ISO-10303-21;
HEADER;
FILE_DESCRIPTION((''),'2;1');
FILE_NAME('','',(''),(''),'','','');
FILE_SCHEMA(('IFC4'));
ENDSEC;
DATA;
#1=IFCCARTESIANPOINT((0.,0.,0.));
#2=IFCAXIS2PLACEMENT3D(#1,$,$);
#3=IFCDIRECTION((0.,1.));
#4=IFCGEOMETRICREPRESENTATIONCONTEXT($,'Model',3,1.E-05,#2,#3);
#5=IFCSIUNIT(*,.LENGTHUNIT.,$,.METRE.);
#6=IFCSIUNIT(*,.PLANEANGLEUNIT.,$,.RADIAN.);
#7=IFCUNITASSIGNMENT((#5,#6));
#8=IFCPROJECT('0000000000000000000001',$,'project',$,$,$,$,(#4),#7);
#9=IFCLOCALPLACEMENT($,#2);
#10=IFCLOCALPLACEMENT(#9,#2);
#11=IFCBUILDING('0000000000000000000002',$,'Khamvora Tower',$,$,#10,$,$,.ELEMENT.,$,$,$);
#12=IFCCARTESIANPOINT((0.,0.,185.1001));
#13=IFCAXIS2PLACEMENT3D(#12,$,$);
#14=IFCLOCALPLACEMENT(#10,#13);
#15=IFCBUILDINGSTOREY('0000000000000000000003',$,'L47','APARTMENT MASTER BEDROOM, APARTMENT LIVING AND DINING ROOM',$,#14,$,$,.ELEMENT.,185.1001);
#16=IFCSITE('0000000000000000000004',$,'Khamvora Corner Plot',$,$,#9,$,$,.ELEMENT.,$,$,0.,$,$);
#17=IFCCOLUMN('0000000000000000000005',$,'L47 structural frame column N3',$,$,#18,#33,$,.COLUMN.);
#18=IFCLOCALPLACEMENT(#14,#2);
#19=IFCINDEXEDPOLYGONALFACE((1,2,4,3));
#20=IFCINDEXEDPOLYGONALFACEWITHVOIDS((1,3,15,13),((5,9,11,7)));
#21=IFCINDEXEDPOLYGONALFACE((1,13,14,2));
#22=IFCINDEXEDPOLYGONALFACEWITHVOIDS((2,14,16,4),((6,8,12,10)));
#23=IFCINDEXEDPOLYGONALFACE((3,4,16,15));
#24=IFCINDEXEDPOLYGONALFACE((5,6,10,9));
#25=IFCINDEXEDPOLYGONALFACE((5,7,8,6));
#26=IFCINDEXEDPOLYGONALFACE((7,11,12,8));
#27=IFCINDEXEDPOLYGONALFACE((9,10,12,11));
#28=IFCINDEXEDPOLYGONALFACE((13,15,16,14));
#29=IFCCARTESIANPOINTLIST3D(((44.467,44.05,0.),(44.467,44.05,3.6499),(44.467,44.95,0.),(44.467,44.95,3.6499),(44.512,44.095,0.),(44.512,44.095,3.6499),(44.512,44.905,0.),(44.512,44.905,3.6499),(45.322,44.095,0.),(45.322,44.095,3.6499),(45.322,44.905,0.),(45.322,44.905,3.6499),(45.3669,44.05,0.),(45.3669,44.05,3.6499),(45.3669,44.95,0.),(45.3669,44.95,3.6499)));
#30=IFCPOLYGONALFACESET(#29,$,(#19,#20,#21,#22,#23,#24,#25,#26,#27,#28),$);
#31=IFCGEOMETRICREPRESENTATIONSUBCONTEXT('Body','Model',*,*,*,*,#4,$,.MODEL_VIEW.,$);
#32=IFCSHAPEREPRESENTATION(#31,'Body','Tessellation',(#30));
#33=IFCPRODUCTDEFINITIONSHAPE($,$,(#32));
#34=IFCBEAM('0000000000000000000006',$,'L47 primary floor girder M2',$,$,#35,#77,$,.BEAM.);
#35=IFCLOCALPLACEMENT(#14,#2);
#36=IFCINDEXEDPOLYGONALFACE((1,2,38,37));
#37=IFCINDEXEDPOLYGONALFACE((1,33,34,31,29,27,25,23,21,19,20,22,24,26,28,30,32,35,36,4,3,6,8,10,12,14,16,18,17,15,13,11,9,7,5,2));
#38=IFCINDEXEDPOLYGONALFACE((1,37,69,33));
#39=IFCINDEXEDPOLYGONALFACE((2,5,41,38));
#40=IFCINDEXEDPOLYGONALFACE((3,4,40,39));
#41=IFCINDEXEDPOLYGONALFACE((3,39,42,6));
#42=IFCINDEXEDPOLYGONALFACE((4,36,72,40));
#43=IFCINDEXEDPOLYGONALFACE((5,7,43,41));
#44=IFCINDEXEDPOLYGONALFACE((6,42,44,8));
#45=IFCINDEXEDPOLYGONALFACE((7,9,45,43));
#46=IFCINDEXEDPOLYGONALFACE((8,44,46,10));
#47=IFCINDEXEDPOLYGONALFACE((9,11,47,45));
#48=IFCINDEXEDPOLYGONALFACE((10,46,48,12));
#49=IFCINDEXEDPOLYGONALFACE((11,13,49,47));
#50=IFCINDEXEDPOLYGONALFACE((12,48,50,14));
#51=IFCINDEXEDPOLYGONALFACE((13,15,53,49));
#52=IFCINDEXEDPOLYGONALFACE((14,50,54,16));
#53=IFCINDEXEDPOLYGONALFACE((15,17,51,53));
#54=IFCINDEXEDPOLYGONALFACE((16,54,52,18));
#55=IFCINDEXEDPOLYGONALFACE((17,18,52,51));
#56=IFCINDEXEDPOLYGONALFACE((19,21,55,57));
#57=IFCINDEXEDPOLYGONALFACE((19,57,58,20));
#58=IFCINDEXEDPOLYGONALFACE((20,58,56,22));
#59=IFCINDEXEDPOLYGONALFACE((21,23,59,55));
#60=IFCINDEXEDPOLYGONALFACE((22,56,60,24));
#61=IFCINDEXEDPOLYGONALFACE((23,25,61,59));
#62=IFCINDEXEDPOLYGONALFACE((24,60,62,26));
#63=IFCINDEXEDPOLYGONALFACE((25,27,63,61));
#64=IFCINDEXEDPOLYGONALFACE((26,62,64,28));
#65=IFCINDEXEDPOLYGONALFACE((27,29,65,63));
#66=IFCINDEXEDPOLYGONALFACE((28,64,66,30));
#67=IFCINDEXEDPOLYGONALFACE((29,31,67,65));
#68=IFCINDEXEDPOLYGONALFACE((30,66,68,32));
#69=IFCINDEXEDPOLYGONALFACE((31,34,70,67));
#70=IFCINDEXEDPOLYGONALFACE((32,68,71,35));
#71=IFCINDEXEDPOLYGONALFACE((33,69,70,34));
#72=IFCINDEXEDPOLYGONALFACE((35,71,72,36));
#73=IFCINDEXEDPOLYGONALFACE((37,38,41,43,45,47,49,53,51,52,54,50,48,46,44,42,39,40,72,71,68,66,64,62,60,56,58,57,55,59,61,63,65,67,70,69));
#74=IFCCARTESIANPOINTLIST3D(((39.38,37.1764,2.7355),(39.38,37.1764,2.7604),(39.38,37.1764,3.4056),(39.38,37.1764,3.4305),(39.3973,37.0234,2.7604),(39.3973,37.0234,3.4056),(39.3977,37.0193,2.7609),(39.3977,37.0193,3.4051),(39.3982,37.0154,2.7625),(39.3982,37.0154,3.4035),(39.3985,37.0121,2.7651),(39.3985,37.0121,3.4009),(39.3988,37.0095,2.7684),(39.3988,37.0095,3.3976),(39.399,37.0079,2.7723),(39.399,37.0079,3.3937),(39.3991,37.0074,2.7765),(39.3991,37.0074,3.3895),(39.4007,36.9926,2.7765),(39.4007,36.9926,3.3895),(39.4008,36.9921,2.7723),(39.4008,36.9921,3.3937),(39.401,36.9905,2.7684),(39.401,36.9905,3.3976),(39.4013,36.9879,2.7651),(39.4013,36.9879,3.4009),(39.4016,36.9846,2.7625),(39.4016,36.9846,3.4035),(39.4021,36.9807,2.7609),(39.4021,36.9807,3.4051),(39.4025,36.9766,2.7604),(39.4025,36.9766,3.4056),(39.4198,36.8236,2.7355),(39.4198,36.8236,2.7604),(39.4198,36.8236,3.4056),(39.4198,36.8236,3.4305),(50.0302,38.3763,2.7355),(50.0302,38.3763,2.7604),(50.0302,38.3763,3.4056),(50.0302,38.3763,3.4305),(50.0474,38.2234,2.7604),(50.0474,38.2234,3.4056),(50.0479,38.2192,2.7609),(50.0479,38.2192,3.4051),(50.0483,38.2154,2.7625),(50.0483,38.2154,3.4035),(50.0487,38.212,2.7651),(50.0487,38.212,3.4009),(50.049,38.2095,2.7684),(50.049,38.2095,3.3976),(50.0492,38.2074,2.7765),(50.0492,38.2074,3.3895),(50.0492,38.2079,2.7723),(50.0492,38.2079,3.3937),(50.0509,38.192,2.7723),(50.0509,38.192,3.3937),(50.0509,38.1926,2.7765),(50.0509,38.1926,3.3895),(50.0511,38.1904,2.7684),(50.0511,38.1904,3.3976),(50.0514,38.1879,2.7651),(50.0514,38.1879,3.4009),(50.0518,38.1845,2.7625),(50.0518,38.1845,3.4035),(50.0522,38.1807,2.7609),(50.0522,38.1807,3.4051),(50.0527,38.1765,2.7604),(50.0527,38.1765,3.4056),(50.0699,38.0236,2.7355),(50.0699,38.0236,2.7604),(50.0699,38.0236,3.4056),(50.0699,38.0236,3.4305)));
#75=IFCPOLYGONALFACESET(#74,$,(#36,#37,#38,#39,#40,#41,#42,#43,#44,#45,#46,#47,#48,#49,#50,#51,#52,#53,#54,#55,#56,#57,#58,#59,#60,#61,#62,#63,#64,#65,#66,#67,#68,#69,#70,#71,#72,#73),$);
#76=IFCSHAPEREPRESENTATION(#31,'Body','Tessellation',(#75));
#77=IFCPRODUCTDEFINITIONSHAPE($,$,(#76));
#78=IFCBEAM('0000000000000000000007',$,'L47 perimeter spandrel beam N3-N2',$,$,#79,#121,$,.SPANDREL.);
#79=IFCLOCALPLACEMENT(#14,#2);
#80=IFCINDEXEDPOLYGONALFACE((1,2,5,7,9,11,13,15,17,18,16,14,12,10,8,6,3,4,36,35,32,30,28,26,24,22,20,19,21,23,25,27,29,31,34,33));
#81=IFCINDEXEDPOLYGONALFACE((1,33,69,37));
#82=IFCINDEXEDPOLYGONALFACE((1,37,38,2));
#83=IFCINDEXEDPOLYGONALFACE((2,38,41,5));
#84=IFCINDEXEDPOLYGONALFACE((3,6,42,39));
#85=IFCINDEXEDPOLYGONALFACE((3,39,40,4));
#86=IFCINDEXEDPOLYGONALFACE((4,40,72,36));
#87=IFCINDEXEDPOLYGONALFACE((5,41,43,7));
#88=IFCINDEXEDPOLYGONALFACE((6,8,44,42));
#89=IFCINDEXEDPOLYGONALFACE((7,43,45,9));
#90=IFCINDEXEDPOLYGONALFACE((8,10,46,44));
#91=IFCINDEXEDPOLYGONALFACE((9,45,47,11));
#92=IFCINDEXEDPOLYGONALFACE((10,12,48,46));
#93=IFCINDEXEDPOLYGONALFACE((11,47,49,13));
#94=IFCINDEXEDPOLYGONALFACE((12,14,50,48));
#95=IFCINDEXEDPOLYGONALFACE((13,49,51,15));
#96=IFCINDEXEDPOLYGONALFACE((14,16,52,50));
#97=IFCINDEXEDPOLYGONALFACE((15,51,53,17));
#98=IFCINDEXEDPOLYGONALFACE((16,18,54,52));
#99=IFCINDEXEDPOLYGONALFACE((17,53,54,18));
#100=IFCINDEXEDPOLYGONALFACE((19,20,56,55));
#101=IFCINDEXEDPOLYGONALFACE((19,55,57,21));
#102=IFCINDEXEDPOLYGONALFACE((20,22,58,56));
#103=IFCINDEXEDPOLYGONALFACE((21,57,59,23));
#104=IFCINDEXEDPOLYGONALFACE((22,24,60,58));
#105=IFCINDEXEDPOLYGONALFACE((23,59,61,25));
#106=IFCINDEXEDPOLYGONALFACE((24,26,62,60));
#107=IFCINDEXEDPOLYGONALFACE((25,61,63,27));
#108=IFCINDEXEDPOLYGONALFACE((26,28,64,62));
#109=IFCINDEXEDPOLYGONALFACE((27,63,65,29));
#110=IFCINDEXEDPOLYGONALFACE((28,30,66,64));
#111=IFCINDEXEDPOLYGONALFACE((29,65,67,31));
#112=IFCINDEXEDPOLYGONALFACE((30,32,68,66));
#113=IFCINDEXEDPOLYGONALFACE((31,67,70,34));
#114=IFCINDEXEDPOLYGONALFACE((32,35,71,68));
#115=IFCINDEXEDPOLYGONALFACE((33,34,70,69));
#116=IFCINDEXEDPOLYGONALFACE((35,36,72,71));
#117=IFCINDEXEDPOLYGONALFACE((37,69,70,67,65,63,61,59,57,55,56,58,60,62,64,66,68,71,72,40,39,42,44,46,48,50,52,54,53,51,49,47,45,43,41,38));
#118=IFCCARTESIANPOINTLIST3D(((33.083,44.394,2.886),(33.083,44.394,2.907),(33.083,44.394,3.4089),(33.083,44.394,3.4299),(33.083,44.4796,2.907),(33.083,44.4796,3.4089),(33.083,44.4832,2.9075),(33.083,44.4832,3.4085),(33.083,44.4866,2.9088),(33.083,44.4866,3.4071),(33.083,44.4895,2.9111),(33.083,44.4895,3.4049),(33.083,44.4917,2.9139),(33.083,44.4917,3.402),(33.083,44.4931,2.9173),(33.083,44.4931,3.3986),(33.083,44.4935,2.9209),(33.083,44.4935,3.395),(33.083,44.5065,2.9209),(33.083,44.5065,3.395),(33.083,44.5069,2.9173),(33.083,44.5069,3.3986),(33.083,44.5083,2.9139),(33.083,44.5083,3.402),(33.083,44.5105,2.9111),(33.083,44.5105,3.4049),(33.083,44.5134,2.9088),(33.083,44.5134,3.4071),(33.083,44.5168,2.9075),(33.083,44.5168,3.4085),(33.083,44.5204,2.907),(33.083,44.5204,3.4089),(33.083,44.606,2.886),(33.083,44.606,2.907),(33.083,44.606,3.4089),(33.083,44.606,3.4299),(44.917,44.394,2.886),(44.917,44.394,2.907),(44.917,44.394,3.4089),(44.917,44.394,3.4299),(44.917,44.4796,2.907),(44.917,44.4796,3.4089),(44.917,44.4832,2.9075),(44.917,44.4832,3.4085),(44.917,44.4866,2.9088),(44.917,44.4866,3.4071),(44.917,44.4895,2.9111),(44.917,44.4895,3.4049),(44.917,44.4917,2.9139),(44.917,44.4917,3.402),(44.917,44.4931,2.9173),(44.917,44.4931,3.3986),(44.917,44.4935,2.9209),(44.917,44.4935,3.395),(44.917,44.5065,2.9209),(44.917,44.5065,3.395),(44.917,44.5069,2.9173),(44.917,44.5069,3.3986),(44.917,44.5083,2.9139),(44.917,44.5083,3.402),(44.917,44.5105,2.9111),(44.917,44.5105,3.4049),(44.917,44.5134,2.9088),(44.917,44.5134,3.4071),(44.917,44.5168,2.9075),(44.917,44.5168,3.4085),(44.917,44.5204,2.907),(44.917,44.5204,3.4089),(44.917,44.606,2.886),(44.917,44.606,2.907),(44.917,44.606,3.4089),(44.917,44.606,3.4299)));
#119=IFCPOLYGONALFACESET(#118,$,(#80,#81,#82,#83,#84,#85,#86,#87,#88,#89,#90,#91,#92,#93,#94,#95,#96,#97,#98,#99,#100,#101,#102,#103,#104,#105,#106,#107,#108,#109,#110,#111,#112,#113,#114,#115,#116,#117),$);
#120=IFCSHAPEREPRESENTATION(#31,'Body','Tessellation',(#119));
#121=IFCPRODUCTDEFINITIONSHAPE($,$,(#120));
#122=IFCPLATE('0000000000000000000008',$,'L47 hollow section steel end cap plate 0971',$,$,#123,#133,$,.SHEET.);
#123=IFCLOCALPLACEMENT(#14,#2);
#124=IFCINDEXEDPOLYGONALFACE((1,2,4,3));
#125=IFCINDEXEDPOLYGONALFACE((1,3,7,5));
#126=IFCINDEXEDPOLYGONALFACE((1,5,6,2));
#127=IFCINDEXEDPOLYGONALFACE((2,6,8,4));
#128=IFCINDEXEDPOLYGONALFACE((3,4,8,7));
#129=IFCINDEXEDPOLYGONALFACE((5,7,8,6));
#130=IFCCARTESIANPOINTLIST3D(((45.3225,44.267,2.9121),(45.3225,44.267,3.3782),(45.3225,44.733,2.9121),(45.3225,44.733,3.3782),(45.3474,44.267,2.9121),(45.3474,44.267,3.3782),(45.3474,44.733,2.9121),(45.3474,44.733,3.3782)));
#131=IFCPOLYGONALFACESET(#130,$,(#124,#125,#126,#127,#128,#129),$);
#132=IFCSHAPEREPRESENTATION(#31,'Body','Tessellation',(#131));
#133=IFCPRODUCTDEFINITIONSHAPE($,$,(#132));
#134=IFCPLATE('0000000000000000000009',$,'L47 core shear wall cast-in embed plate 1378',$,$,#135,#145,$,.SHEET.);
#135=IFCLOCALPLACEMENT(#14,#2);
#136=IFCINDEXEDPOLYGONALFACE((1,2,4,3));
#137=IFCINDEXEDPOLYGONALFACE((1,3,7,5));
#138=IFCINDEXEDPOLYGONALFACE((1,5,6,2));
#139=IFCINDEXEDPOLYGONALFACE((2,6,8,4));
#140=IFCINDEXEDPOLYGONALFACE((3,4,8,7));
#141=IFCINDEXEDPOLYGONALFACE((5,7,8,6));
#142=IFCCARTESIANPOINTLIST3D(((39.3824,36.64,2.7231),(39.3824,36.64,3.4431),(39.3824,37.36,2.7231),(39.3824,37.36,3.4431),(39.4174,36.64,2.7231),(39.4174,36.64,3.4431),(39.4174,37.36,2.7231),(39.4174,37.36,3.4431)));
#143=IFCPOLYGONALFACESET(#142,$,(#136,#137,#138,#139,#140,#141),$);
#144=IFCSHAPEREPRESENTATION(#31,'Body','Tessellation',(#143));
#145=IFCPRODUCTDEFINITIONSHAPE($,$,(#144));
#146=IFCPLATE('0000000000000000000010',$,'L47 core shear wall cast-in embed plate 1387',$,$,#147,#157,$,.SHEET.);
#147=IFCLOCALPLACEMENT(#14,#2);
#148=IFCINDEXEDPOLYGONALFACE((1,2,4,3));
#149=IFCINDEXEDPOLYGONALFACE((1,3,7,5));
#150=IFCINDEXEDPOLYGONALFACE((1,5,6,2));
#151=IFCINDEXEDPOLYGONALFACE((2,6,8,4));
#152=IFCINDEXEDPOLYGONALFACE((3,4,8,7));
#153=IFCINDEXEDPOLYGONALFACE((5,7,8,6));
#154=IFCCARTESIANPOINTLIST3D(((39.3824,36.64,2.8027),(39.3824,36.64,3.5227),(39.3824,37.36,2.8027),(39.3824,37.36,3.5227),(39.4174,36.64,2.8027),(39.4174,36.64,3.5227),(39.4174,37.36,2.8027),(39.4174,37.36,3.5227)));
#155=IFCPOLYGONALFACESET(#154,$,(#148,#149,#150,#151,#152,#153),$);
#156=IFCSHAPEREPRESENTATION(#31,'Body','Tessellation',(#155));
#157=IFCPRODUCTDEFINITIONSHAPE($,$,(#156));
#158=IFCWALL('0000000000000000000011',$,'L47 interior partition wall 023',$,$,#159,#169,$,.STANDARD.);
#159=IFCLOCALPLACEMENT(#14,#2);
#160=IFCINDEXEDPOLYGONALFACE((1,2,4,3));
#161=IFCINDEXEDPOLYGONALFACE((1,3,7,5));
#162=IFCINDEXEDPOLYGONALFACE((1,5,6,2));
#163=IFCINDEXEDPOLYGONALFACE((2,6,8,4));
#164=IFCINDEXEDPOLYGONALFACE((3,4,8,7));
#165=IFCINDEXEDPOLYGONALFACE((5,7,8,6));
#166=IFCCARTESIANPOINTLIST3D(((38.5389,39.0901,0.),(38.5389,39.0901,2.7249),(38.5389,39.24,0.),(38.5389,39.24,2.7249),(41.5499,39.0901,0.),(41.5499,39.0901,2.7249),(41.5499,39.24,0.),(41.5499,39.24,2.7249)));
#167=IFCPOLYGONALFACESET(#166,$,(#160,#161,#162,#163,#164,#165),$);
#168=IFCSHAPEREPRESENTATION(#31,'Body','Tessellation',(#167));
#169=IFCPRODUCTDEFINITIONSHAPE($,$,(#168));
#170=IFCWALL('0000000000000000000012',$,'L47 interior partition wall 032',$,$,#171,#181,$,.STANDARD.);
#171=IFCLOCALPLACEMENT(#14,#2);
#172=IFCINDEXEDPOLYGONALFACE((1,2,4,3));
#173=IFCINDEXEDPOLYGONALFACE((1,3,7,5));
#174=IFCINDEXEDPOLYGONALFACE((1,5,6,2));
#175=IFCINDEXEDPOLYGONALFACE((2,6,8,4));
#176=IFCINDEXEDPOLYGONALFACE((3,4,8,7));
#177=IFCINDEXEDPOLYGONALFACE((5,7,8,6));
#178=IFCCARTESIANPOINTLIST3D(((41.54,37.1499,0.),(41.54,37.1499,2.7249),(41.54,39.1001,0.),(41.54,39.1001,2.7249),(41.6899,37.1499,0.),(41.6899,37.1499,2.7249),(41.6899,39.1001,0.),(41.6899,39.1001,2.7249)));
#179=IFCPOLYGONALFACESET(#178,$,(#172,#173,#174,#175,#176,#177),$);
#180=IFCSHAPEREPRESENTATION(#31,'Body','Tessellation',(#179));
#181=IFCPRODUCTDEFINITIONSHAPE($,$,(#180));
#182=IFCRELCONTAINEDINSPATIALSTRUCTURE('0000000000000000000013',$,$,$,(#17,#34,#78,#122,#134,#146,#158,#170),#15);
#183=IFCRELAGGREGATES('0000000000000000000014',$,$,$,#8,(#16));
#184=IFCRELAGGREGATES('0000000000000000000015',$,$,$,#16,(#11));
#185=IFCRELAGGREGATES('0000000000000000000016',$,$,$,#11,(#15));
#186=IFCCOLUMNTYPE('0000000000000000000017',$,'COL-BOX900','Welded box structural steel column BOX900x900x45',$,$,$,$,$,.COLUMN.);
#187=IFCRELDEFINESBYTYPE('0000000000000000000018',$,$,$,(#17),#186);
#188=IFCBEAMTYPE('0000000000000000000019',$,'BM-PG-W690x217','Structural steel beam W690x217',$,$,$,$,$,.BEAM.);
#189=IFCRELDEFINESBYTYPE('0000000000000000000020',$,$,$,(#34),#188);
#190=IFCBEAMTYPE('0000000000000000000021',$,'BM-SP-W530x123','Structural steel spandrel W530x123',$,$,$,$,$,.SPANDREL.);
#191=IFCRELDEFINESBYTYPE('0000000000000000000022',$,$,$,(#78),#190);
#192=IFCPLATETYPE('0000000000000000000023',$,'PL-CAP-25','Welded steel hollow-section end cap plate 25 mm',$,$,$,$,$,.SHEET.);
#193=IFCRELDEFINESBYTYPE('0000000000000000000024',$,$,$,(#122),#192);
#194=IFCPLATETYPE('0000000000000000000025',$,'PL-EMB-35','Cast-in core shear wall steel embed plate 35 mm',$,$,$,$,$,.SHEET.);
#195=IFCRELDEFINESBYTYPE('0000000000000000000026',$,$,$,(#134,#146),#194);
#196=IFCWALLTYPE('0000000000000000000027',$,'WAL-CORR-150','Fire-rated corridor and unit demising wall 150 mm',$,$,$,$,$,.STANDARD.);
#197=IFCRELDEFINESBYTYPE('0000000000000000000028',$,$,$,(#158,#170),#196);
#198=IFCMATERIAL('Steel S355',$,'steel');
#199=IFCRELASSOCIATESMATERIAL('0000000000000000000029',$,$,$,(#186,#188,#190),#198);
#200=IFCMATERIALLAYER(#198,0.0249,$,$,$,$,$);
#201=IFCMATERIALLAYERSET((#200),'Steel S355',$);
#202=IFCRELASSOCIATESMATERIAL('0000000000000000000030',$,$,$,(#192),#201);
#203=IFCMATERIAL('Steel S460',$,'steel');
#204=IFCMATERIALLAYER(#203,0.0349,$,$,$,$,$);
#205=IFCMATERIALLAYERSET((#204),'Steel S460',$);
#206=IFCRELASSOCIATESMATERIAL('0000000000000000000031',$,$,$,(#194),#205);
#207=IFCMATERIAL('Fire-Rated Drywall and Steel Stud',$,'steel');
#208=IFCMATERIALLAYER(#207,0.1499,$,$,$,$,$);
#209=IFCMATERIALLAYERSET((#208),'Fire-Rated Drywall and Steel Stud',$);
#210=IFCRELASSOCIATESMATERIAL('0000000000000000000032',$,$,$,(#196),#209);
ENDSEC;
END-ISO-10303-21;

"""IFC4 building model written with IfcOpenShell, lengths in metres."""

from ifc_helpers import new_model, si_unit, direction, frame, frame_2d, origin, origin_2d, place, context, subcontext, project, spatial, rectangle, hollow_rectangle, i_section, extrude, material, layer, layer_set, material_profile, profile_set, type_object, element, save


model = new_model("IFC4")

# Units and contexts
model_context = context("Model", 3, precision=1e-05, world=origin(), true_north=direction((0.0, 1.0)))
body_context = subcontext(model_context, "Body", "Model", "MODEL_VIEW")
ifc_project = project(units=[si_unit("LENGTHUNIT", "METRE"), si_unit("PLANEANGLEUNIT", "RADIAN")], contexts=[model_context])

# Site, building, storey
site_placement = place(None, origin())
site = spatial("IfcSite", under=ifc_project, at=site_placement, Name="Khamvora Corner Plot", CompositionType="ELEMENT", RefElevation=0.0)
building_placement = place(site_placement, origin())
building = spatial("IfcBuilding", under=site, at=building_placement, Name="Khamvora Tower", CompositionType="ELEMENT")
storey_placement = place(building_placement, frame((0.0, 0.0, 185.1001)))
storey = spatial("IfcBuildingStorey", under=building, at=storey_placement, Name="L47", Description="APARTMENT MASTER BEDROOM, APARTMENT LIVING AND DINING ROOM", CompositionType="ELEMENT", Elevation=185.1001)

# Column
ifc_material_1 = material(Name="Steel S355", Category="steel")
ifc_material_profile_1 = material_profile(ifc_material_1, hollow_rectangle(XDim=0.8999, YDim=0.8999, WallThickness=0.0449, at=origin_2d()), Name="BOX900x900x45")
ifc_profile_set_1 = profile_set([ifc_material_profile_1], Name="Steel S355")
column_type = type_object("IfcColumnType", Name="COL-BOX900", Description="Welded box structural steel column BOX900x900x45", PredefinedType="COLUMN", material=ifc_profile_set_1)
column_placement = place(storey_placement, frame((44.917, 44.5, 0.0), z_axis=(0.0, 0.0, 1.0), x_axis=(1.0, 0.0, 0.0)))
element("IfcColumn", 1, at=column_placement, inside=storey, type_object=column_type, Name="L47 structural frame column N3", PredefinedType="COLUMN", context=body_context, shape_type="SweptSolid", body=[
    extrude(hollow_rectangle(XDim=0.8999, YDim=0.8999, WallThickness=0.0449, at=origin_2d()), origin(), (0.0, 0.0, 1.0), 3.6499),
])

# Beams
ifc_material_profile_2 = material_profile(ifc_material_1, i_section(OverallWidth=0.355, OverallDepth=0.6951, WebThickness=0.0149, FlangeThickness=0.0249, FilletRadius=0.0161, at=origin_2d()), Name="W690x217")
ifc_profile_set_2 = profile_set([ifc_material_profile_2], Name="Steel S355")
beam_type_1 = type_object("IfcBeamType", Name="BM-PG-W690x217", Description="Structural steel beam W690x217", PredefinedType="BEAM", material=ifc_profile_set_2)
beam_1_placement = place(storey_placement, frame((39.3999, 37.0, 3.083), z_axis=(0.993713, 0.111962, 0.0), x_axis=(-0.111962, 0.993713, 0.0)))
element("IfcBeam", 2, at=beam_1_placement, inside=storey, type_object=beam_type_1, Name="L47 primary floor girder M2", PredefinedType="BEAM", context=body_context, shape_type="SweptSolid", body=[
    extrude(i_section(OverallWidth=0.355, OverallDepth=0.6951, WebThickness=0.0149, FlangeThickness=0.0249, FilletRadius=0.0161, at=origin_2d()), origin(), (0.0, 0.0, 1.0), 10.7175),
])
ifc_material_profile_3 = material_profile(ifc_material_1, i_section(OverallWidth=0.2119, OverallDepth=0.5439, WebThickness=0.0129, FlangeThickness=0.021, FilletRadius=0.0139, at=origin_2d()), Name="W530x123")
ifc_profile_set_3 = profile_set([ifc_material_profile_3], Name="Steel S355")
beam_type_2 = type_object("IfcBeamType", Name="BM-SP-W530x123", Description="Structural steel spandrel W530x123", PredefinedType="SPANDREL", material=ifc_profile_set_3)
beam_2_placement = place(storey_placement, frame((44.917, 44.5, 3.158), z_axis=(-1.0, 0.0, 0.0), x_axis=(0.0, -1.0, 0.0)))
element("IfcBeam", 3, at=beam_2_placement, inside=storey, type_object=beam_type_2, Name="L47 perimeter spandrel beam N3-N2", PredefinedType="SPANDREL", context=body_context, shape_type="SweptSolid", body=[
    extrude(i_section(OverallWidth=0.2119, OverallDepth=0.5439, WebThickness=0.0129, FlangeThickness=0.021, FilletRadius=0.0139, at=origin_2d()), origin(), (0.0, 0.0, 1.0), 11.834),
])

# Plates
ifc_layer_1 = layer(ifc_material_1, 0.0249)
ifc_layer_set_1 = layer_set([ifc_layer_1], Name="Steel S355")
plate_type_1 = type_object("IfcPlateType", Name="PL-CAP-25", Description="Welded steel hollow-section end cap plate 25 mm", PredefinedType="SHEET", material=ifc_layer_set_1)
plate_placement = place(storey_placement, frame((45.335, 44.5, 2.9121), z_axis=(0.0, 0.0, 1.0), x_axis=(-1.0, 0.0, 0.0)))
element("IfcPlate", 4, at=plate_placement, inside=storey, type_object=plate_type_1, Name="L47 hollow section steel end cap plate 0971", PredefinedType="SHEET", context=body_context, shape_type="SweptSolid", body=[
    extrude(rectangle(XDim=0.0249, YDim=0.4661, at=origin_2d()), origin(), (0.0, 0.0, 1.0), 0.4661),
])
ifc_material_2 = material(Name="Steel S460", Category="steel")
ifc_layer_2 = layer(ifc_material_2, 0.0349)
ifc_layer_set_2 = layer_set([ifc_layer_2], Name="Steel S460")
plate_type_2 = type_object("IfcPlateType", Name="PL-EMB-35", Description="Cast-in core shear wall steel embed plate 35 mm", PredefinedType="SHEET", material=ifc_layer_set_2)
for number, where, z_axis, x_axis, name in (
    (5, (39.3999, 37.0, 2.7231), (0.0, 0.0, 1.0), (1.0, 0.0, 0.0), "L47 core shear wall cast-in embed plate 1378"),
    (6, (39.3999, 37.0, 2.8027), (0.0, 0.0, 1.0), (1.0, 0.0, 0.0), "L47 core shear wall cast-in embed plate 1387"),
):
    element("IfcPlate", number, at=place(storey_placement, frame(where, z_axis=z_axis, x_axis=x_axis)), inside=storey, type_object=plate_type_2, Name=name, PredefinedType="SHEET", context=body_context, shape_type="SweptSolid", body=[
        extrude(rectangle(XDim=0.0349, YDim=0.72, at=origin_2d()), origin(), (0.0, 0.0, 1.0), 0.72),
    ])

# Shared definitions
ifc_material_3 = material(Name="Fire-Rated Drywall and Steel Stud", Category="steel")
ifc_layer_3 = layer(ifc_material_3, 0.1499)
ifc_layer_set_3 = layer_set([ifc_layer_3], Name="Fire-Rated Drywall and Steel Stud")
wall_type_1 = type_object("IfcWallType", Name="WAL-CORR-150", Description="Fire-rated corridor and unit demising wall 150 mm", PredefinedType="STANDARD", material=ifc_layer_set_3)

# Walls
wall_1_placement = place(storey_placement, frame((38.5391, 39.165, 0.0), z_axis=(0.0, 0.0, 1.0), x_axis=(1.0, 0.0, 0.0)))
element("IfcWall", 7, at=wall_1_placement, inside=storey, type_object=wall_type_1, Name="L47 interior partition wall 023", PredefinedType="STANDARD", context=body_context, shape_type="SweptSolid", body=[
    extrude(rectangle(XDim=3.011, YDim=0.1499, at=frame_2d((1.5054, 0.0))), origin(), (0.0, 0.0, 1.0), 2.7249),
])
wall_2_placement = place(storey_placement, frame((41.615, 39.1001, 0.0), z_axis=(0.0, 0.0, 1.0), x_axis=(0.0, -1.0, 0.0)))
element("IfcWall", 8, at=wall_2_placement, inside=storey, type_object=wall_type_1, Name="L47 interior partition wall 032", PredefinedType="STANDARD", context=body_context, shape_type="SweptSolid", body=[
    extrude(rectangle(XDim=1.9502, YDim=0.1499, at=frame_2d((0.9751, 0.0))), origin(), (0.0, 0.0, 1.0), 2.7249),
])

save(model, "model.ifc")
